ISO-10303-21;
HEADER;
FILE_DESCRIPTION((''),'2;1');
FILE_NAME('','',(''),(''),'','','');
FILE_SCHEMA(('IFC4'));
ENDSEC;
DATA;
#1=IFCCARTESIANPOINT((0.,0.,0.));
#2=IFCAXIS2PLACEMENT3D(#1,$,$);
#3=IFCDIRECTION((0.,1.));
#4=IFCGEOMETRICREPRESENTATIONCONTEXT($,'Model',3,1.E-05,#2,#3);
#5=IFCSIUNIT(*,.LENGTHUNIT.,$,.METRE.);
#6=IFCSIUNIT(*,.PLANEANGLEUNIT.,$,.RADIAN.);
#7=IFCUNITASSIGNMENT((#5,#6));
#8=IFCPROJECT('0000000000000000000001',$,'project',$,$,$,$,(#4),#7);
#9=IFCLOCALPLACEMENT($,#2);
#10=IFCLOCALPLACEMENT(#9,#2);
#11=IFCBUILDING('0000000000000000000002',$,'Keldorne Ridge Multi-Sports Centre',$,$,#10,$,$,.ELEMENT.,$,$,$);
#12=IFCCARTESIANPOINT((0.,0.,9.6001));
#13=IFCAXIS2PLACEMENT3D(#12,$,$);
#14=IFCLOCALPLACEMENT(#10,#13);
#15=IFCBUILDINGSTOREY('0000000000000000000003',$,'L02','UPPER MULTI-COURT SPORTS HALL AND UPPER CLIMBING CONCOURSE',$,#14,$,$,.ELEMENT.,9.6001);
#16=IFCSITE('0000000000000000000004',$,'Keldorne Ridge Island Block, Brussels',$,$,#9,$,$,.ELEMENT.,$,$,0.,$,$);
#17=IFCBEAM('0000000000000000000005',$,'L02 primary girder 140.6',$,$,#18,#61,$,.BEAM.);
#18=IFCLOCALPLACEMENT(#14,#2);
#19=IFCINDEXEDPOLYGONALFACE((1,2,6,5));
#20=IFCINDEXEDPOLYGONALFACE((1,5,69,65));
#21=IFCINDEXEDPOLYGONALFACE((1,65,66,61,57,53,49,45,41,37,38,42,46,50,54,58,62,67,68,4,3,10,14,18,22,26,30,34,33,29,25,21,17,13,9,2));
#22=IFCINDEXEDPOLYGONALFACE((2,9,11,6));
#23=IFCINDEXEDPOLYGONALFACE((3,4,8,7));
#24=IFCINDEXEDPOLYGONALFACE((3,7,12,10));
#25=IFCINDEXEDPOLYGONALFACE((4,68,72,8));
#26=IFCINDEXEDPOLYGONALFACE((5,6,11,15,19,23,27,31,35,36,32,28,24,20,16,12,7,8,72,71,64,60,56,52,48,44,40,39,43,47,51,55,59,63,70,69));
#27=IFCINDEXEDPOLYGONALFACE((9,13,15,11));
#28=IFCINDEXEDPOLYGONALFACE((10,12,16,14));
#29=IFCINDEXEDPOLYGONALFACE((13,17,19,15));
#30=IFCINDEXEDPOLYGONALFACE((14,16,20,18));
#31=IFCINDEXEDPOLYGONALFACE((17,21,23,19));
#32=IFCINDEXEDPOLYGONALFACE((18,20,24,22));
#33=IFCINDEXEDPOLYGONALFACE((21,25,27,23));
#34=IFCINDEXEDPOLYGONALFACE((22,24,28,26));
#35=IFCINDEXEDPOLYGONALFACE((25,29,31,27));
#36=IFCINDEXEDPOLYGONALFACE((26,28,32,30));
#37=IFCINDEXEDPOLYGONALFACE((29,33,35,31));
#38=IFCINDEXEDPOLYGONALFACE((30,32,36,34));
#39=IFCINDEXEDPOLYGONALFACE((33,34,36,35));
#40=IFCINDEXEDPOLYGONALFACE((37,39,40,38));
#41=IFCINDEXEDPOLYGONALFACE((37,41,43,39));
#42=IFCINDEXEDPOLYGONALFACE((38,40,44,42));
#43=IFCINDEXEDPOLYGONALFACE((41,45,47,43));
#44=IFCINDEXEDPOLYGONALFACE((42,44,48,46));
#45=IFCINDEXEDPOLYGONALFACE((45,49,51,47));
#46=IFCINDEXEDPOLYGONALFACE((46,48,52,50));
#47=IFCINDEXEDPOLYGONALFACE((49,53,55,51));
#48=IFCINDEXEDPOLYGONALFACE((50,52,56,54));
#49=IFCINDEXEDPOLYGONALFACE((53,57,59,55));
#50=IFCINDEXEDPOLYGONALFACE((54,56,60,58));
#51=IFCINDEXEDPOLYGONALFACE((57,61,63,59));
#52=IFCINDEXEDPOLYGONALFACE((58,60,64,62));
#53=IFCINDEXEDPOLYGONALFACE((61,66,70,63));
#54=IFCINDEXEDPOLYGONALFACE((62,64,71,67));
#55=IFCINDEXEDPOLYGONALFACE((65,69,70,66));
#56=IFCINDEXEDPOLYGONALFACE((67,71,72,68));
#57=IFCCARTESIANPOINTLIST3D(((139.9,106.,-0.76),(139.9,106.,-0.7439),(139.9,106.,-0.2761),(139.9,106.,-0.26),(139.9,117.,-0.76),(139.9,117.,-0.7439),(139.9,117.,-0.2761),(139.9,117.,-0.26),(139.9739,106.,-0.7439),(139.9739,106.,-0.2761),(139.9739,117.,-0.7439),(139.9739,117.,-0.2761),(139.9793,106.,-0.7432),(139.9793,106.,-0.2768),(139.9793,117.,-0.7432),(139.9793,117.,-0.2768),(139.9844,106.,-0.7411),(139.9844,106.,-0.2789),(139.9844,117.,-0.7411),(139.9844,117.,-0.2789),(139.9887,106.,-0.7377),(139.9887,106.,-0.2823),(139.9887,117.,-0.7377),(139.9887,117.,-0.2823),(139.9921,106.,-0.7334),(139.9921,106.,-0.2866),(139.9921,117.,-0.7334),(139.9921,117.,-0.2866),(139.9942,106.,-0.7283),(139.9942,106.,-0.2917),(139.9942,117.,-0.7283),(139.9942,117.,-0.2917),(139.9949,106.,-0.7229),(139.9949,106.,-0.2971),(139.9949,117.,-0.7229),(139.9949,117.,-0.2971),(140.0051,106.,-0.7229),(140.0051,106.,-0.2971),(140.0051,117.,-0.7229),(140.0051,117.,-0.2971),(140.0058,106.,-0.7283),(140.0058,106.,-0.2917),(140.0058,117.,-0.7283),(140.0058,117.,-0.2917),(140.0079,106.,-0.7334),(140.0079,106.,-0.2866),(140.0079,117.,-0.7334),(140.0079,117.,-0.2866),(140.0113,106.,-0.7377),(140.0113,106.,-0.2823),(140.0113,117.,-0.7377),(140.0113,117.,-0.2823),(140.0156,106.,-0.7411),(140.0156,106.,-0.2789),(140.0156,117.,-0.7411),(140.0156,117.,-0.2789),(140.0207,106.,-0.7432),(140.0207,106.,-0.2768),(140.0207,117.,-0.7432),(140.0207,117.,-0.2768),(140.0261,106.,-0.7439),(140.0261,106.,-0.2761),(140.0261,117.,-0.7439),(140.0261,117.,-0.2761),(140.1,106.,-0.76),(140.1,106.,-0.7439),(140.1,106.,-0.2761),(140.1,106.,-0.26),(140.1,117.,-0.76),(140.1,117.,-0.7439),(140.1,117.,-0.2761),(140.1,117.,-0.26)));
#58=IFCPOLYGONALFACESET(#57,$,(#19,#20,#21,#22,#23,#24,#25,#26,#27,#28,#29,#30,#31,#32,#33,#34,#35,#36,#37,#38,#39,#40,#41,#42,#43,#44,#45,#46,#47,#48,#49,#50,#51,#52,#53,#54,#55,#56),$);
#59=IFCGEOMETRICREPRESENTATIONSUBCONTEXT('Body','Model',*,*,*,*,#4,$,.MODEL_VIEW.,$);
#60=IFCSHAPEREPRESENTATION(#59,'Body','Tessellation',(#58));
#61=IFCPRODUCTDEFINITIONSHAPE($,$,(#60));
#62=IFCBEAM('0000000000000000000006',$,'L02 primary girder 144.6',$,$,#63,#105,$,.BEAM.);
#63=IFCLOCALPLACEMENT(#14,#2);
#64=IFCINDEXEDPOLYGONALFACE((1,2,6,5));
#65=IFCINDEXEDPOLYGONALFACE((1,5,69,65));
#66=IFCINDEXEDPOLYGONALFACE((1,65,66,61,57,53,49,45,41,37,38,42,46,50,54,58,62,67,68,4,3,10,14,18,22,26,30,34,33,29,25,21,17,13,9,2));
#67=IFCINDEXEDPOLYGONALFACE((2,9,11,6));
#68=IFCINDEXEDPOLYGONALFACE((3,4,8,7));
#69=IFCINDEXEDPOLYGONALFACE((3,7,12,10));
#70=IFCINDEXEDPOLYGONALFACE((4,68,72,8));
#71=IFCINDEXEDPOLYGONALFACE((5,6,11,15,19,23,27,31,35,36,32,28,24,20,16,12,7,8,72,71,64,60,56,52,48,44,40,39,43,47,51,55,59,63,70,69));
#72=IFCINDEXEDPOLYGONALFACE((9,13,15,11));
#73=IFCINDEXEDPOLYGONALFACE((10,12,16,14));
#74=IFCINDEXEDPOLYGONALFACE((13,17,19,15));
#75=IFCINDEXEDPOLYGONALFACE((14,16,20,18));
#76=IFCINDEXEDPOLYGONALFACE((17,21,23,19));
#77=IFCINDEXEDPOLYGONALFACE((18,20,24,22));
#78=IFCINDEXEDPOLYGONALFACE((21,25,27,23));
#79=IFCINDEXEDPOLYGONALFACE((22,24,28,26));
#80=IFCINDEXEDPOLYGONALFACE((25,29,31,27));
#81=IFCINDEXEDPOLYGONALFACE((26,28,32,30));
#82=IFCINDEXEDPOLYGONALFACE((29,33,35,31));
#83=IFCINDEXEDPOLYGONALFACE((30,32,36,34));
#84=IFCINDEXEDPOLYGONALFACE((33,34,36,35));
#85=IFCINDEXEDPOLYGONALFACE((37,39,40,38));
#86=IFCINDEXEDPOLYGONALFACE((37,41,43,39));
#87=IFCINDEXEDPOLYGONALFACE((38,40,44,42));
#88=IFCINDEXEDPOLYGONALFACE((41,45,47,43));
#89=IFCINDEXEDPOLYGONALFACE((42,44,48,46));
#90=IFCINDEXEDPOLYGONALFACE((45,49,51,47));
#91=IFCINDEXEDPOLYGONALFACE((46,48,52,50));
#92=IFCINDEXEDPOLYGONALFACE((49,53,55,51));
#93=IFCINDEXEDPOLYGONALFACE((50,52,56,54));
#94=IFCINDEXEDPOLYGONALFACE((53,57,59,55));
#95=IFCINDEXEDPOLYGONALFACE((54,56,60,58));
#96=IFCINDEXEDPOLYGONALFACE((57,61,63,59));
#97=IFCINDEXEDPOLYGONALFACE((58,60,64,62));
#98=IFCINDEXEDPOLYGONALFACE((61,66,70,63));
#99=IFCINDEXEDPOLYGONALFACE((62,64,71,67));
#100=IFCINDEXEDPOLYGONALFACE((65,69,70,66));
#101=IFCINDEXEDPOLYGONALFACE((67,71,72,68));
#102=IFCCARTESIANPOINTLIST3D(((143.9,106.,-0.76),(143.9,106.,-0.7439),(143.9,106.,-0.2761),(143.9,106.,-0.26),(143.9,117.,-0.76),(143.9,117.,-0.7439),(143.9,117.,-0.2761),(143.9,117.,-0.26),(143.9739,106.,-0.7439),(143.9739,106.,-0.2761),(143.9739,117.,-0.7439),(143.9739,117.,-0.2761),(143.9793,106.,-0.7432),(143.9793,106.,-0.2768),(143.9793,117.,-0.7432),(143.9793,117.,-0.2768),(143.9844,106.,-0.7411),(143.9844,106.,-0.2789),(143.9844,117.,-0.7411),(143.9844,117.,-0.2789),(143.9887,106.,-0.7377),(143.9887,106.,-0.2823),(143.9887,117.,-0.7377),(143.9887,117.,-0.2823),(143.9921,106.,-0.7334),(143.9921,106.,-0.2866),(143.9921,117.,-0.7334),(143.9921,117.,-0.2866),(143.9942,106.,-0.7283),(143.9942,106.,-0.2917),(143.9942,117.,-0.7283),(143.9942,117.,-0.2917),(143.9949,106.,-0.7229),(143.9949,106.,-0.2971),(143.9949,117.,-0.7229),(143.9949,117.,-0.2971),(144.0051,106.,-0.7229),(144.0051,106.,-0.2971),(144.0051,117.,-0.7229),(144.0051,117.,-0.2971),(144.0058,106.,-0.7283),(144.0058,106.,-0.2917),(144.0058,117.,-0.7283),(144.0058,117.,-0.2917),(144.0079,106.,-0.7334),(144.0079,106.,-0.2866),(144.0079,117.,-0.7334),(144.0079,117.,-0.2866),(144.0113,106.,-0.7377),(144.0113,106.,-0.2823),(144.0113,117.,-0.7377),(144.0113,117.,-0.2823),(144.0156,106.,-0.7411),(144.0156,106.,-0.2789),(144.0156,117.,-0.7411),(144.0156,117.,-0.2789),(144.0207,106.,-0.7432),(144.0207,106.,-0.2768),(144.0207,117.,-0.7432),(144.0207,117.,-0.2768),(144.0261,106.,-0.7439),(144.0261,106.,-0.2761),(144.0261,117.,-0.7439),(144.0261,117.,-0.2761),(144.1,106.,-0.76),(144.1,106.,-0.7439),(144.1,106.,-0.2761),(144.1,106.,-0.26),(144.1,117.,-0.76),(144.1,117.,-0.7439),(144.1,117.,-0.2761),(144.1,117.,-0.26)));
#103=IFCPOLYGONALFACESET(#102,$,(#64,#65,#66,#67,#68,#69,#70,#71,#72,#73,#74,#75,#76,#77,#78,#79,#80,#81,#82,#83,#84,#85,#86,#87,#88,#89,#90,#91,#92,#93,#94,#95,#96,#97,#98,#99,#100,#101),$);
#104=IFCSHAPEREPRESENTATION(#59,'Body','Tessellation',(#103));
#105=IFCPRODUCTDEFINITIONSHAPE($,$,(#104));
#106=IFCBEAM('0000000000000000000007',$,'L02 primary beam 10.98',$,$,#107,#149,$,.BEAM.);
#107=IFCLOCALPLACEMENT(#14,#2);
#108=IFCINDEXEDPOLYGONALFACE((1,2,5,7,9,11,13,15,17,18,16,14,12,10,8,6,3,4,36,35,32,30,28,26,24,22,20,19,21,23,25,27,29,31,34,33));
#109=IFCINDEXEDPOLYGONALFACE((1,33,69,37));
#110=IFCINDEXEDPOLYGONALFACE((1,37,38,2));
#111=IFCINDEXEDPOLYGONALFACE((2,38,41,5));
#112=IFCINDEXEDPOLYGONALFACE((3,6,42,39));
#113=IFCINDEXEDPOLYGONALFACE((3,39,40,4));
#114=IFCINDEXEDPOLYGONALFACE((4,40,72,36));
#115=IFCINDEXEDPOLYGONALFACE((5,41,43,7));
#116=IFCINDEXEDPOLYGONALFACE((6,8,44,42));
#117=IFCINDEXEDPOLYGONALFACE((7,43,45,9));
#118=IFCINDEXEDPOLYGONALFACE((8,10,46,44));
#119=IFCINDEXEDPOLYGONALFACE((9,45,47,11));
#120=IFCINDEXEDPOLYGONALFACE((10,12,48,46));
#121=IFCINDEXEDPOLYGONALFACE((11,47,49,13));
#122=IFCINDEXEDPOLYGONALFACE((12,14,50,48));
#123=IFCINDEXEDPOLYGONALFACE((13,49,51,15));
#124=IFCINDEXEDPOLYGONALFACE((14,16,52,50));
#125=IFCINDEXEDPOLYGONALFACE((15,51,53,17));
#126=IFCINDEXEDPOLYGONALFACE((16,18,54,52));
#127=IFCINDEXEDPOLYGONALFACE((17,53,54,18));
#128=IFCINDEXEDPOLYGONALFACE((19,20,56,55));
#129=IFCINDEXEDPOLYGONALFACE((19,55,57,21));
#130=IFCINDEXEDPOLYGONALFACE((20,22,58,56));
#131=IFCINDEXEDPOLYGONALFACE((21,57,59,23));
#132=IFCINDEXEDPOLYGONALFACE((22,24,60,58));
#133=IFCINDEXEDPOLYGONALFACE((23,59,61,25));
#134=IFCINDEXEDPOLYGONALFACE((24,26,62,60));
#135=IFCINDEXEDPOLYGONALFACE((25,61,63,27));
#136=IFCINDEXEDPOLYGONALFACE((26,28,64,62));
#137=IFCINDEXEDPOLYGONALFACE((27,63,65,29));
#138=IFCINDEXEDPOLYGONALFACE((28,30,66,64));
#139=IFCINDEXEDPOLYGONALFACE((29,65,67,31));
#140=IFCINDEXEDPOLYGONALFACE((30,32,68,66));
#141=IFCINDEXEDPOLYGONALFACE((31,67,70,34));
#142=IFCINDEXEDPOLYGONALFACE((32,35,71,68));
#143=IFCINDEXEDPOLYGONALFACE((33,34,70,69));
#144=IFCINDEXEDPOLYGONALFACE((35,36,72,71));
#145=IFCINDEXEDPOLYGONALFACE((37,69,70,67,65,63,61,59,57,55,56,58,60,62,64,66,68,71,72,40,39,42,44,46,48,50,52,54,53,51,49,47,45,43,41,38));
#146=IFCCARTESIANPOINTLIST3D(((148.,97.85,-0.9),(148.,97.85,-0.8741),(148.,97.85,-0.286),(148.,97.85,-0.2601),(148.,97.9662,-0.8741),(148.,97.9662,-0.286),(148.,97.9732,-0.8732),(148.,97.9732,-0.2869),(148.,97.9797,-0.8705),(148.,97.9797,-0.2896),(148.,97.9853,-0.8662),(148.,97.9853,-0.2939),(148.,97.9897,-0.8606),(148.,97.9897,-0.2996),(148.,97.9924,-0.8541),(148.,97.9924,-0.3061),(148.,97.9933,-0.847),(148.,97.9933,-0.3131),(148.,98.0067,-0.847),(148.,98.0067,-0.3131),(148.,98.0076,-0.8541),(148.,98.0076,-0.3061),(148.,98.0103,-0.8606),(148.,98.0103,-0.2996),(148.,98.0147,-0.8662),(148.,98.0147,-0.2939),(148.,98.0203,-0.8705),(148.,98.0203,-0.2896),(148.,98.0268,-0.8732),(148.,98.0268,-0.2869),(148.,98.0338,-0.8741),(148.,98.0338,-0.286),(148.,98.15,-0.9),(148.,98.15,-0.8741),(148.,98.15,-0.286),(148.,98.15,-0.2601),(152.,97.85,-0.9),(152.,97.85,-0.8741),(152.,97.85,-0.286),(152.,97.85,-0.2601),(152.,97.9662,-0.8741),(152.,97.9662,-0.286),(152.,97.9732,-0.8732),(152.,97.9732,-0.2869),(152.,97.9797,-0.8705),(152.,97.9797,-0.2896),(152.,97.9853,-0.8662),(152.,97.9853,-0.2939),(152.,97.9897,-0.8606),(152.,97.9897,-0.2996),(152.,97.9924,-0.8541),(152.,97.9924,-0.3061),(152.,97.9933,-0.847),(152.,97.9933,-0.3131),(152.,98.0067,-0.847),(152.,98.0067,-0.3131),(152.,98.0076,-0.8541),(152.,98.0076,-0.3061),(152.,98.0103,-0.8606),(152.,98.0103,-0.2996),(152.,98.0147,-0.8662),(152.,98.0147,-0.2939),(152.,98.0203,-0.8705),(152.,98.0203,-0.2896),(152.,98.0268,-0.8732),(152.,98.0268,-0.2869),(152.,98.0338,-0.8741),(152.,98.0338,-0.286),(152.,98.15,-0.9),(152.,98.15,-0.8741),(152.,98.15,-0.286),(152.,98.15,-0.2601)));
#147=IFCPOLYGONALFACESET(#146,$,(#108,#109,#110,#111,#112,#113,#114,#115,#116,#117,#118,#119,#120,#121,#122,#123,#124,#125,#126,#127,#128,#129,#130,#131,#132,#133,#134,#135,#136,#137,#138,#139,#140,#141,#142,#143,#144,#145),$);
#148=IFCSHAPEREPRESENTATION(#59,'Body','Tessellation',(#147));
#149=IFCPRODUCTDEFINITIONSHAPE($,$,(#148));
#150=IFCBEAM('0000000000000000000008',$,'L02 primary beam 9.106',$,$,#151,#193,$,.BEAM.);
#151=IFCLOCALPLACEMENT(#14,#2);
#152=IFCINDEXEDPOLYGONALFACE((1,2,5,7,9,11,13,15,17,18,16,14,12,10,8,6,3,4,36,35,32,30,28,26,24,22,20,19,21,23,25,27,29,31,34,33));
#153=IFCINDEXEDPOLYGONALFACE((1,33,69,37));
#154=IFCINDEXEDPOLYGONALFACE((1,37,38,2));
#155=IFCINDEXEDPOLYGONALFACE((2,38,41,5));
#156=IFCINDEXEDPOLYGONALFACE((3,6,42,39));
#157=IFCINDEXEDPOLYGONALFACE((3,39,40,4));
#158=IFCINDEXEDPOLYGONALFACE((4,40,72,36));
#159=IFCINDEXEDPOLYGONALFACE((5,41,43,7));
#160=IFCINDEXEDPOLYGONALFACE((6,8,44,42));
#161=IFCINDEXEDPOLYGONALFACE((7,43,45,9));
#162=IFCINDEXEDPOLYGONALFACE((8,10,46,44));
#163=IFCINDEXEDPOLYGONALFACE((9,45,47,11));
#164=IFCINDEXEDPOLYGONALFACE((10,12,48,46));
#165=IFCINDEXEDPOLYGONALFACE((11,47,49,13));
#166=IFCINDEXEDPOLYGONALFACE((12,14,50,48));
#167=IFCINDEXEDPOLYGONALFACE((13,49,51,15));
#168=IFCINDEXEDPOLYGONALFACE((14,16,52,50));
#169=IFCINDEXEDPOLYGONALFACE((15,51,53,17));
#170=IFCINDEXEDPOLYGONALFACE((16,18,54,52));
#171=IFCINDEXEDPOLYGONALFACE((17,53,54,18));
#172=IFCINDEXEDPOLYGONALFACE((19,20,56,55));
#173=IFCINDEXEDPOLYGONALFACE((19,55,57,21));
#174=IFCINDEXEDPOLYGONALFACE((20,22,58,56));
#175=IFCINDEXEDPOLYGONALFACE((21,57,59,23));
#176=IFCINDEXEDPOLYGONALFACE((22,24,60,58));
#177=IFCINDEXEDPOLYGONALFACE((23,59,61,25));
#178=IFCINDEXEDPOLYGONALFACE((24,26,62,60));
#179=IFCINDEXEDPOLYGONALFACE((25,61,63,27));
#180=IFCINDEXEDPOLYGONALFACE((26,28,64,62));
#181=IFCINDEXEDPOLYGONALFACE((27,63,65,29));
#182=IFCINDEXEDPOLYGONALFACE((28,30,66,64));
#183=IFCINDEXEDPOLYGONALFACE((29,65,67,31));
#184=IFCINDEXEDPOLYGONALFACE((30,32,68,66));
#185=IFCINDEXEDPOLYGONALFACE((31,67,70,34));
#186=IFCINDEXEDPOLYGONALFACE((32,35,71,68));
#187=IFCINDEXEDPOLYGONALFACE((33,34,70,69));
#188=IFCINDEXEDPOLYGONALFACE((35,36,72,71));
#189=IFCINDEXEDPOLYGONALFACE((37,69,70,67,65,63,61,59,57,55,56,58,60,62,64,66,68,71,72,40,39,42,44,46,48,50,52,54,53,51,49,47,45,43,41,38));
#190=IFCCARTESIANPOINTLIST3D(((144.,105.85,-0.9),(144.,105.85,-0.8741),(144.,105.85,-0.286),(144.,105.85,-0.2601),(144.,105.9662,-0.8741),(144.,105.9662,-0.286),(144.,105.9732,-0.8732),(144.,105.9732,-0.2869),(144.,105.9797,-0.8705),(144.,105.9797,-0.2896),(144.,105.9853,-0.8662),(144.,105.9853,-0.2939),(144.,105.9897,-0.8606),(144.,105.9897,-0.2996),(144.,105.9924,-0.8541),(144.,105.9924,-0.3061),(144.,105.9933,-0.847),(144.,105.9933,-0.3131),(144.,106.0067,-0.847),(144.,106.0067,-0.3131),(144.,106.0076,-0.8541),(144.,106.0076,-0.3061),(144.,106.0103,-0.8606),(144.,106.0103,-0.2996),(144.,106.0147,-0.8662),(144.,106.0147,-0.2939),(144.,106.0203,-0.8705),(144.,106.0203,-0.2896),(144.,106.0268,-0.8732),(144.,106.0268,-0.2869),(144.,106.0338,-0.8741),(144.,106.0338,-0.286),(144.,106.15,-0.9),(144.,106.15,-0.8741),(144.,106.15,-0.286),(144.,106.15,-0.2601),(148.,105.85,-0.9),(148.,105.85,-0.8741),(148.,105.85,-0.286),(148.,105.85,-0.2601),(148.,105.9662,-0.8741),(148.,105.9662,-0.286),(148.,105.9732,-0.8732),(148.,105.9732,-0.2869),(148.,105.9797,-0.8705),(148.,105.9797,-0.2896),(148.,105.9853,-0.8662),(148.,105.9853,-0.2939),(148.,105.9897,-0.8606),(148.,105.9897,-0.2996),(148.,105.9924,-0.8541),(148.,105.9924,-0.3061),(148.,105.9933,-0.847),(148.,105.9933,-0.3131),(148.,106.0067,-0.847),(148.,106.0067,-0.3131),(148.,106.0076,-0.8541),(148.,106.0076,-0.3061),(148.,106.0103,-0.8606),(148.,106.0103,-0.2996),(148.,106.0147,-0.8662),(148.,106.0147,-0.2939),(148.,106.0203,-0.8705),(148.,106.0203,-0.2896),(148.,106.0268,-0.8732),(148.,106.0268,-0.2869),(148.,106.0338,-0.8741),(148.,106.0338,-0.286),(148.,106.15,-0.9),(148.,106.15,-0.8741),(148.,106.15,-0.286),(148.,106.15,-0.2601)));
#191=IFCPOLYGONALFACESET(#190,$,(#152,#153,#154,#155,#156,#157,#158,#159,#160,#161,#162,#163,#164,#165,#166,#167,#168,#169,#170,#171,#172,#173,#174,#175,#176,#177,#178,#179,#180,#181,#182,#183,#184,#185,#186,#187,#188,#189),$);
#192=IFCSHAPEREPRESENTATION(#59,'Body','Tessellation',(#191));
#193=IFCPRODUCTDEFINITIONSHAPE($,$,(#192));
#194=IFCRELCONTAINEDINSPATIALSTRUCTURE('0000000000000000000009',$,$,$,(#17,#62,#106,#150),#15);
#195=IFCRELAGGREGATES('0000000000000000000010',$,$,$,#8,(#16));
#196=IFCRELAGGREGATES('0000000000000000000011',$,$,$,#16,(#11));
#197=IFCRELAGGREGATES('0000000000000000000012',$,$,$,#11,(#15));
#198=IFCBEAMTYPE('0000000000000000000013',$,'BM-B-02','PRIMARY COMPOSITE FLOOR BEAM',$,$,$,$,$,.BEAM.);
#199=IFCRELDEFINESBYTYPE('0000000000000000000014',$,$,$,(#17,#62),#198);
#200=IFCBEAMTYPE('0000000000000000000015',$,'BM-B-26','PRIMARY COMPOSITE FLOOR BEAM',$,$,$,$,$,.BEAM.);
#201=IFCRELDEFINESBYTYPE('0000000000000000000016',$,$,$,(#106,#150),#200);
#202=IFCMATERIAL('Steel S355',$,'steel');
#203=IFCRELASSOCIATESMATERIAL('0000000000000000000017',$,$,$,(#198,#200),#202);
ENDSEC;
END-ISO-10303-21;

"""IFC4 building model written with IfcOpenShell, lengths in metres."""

from ifc_helpers import new_model, si_unit, direction, frame, origin, origin_2d, place, context, subcontext, project, spatial, i_section, extrude, material, material_profile, profile_set, type_object, element, save


model = new_model("IFC4")

# Units and contexts
model_context = context("Model", 3, precision=1e-05, world=origin(), true_north=direction((0.0, 1.0)))
body_context = subcontext(model_context, "Body", "Model", "MODEL_VIEW")
ifc_project = project(units=[si_unit("LENGTHUNIT", "METRE"), si_unit("PLANEANGLEUNIT", "RADIAN")], contexts=[model_context])

# Site, building, storey
site_placement = place(None, origin())
site = spatial("IfcSite", under=ifc_project, at=site_placement, Name="Keldorne Ridge Island Block, Brussels", CompositionType="ELEMENT", RefElevation=0.0)
building_placement = place(site_placement, origin())
building = spatial("IfcBuilding", under=site, at=building_placement, Name="Keldorne Ridge Multi-Sports Centre", CompositionType="ELEMENT")
storey_placement = place(building_placement, frame((0.0, 0.0, 9.6001)))
storey = spatial("IfcBuildingStorey", under=building, at=storey_placement, Name="L02", Description="UPPER MULTI-COURT SPORTS HALL AND UPPER CLIMBING CONCOURSE", CompositionType="ELEMENT", Elevation=9.6001)

# Shared definitions
ifc_material_1 = material(Name="Steel S355", Category="steel")

# Beams
ifc_material_profile_1 = material_profile(ifc_material_1, i_section(OverallWidth=0.2, OverallDepth=0.5, WebThickness=0.0103, FlangeThickness=0.0161, FilletRadius=0.021, at=origin_2d()), Name="IPE 500")
ifc_profile_set_1 = profile_set([ifc_material_profile_1], Name="Steel S355")
beam_type_1 = type_object("IfcBeamType", Name="BM-B-02", Description="PRIMARY COMPOSITE FLOOR BEAM", PredefinedType="BEAM", material=ifc_profile_set_1)
for number, where, z_axis, x_axis, name in (
    (1, (140.0, 106.0, -0.51), (0.0, 1.0, 0.0), (-1.0, 0.0, 0.0), "L02 primary girder 140.6"),
    (2, (144.0, 106.0, -0.51), (0.0, 1.0, 0.0), (-1.0, 0.0, 0.0), "L02 primary girder 144.6"),
):
    element("IfcBeam", number, at=place(storey_placement, frame(where, z_axis=z_axis, x_axis=x_axis)), inside=storey, type_object=beam_type_1, Name=name, PredefinedType="BEAM", context=body_context, shape_type="SweptSolid", body=[
        extrude(i_section(OverallWidth=0.2, OverallDepth=0.5, WebThickness=0.0103, FlangeThickness=0.0161, FilletRadius=0.021, at=origin_2d()), origin(), (0.0, 0.0, 1.0), 11.0),
    ])
ifc_material_profile_2 = material_profile(ifc_material_1, i_section(OverallWidth=0.3, OverallDepth=0.6399, WebThickness=0.0134, FlangeThickness=0.0259, FilletRadius=0.0271, at=origin_2d()), Name="HEA 650")
ifc_profile_set_2 = profile_set([ifc_material_profile_2], Name="Steel S355")
beam_type_2 = type_object("IfcBeamType", Name="BM-B-26", Description="PRIMARY COMPOSITE FLOOR BEAM", PredefinedType="BEAM", material=ifc_profile_set_2)
for number, where, z_axis, x_axis, name in (
    (3, (148.0, 98.0, -0.5801), (1.0, 0.0, 0.0), (0.0, 1.0, 0.0), "L02 primary beam 10.98"),
    (4, (144.0, 106.0, -0.5801), (1.0, 0.0, 0.0), (0.0, 1.0, 0.0), "L02 primary beam 9.106"),
):
    element("IfcBeam", number, at=place(storey_placement, frame(where, z_axis=z_axis, x_axis=x_axis)), inside=storey, type_object=beam_type_2, Name=name, PredefinedType="BEAM", context=body_context, shape_type="SweptSolid", body=[
        extrude(i_section(OverallWidth=0.3, OverallDepth=0.6399, WebThickness=0.0134, FlangeThickness=0.0259, FilletRadius=0.0271, at=origin_2d()), origin(), (0.0, 0.0, 1.0), 4.0),
    ])

save(model, "model.ifc")
